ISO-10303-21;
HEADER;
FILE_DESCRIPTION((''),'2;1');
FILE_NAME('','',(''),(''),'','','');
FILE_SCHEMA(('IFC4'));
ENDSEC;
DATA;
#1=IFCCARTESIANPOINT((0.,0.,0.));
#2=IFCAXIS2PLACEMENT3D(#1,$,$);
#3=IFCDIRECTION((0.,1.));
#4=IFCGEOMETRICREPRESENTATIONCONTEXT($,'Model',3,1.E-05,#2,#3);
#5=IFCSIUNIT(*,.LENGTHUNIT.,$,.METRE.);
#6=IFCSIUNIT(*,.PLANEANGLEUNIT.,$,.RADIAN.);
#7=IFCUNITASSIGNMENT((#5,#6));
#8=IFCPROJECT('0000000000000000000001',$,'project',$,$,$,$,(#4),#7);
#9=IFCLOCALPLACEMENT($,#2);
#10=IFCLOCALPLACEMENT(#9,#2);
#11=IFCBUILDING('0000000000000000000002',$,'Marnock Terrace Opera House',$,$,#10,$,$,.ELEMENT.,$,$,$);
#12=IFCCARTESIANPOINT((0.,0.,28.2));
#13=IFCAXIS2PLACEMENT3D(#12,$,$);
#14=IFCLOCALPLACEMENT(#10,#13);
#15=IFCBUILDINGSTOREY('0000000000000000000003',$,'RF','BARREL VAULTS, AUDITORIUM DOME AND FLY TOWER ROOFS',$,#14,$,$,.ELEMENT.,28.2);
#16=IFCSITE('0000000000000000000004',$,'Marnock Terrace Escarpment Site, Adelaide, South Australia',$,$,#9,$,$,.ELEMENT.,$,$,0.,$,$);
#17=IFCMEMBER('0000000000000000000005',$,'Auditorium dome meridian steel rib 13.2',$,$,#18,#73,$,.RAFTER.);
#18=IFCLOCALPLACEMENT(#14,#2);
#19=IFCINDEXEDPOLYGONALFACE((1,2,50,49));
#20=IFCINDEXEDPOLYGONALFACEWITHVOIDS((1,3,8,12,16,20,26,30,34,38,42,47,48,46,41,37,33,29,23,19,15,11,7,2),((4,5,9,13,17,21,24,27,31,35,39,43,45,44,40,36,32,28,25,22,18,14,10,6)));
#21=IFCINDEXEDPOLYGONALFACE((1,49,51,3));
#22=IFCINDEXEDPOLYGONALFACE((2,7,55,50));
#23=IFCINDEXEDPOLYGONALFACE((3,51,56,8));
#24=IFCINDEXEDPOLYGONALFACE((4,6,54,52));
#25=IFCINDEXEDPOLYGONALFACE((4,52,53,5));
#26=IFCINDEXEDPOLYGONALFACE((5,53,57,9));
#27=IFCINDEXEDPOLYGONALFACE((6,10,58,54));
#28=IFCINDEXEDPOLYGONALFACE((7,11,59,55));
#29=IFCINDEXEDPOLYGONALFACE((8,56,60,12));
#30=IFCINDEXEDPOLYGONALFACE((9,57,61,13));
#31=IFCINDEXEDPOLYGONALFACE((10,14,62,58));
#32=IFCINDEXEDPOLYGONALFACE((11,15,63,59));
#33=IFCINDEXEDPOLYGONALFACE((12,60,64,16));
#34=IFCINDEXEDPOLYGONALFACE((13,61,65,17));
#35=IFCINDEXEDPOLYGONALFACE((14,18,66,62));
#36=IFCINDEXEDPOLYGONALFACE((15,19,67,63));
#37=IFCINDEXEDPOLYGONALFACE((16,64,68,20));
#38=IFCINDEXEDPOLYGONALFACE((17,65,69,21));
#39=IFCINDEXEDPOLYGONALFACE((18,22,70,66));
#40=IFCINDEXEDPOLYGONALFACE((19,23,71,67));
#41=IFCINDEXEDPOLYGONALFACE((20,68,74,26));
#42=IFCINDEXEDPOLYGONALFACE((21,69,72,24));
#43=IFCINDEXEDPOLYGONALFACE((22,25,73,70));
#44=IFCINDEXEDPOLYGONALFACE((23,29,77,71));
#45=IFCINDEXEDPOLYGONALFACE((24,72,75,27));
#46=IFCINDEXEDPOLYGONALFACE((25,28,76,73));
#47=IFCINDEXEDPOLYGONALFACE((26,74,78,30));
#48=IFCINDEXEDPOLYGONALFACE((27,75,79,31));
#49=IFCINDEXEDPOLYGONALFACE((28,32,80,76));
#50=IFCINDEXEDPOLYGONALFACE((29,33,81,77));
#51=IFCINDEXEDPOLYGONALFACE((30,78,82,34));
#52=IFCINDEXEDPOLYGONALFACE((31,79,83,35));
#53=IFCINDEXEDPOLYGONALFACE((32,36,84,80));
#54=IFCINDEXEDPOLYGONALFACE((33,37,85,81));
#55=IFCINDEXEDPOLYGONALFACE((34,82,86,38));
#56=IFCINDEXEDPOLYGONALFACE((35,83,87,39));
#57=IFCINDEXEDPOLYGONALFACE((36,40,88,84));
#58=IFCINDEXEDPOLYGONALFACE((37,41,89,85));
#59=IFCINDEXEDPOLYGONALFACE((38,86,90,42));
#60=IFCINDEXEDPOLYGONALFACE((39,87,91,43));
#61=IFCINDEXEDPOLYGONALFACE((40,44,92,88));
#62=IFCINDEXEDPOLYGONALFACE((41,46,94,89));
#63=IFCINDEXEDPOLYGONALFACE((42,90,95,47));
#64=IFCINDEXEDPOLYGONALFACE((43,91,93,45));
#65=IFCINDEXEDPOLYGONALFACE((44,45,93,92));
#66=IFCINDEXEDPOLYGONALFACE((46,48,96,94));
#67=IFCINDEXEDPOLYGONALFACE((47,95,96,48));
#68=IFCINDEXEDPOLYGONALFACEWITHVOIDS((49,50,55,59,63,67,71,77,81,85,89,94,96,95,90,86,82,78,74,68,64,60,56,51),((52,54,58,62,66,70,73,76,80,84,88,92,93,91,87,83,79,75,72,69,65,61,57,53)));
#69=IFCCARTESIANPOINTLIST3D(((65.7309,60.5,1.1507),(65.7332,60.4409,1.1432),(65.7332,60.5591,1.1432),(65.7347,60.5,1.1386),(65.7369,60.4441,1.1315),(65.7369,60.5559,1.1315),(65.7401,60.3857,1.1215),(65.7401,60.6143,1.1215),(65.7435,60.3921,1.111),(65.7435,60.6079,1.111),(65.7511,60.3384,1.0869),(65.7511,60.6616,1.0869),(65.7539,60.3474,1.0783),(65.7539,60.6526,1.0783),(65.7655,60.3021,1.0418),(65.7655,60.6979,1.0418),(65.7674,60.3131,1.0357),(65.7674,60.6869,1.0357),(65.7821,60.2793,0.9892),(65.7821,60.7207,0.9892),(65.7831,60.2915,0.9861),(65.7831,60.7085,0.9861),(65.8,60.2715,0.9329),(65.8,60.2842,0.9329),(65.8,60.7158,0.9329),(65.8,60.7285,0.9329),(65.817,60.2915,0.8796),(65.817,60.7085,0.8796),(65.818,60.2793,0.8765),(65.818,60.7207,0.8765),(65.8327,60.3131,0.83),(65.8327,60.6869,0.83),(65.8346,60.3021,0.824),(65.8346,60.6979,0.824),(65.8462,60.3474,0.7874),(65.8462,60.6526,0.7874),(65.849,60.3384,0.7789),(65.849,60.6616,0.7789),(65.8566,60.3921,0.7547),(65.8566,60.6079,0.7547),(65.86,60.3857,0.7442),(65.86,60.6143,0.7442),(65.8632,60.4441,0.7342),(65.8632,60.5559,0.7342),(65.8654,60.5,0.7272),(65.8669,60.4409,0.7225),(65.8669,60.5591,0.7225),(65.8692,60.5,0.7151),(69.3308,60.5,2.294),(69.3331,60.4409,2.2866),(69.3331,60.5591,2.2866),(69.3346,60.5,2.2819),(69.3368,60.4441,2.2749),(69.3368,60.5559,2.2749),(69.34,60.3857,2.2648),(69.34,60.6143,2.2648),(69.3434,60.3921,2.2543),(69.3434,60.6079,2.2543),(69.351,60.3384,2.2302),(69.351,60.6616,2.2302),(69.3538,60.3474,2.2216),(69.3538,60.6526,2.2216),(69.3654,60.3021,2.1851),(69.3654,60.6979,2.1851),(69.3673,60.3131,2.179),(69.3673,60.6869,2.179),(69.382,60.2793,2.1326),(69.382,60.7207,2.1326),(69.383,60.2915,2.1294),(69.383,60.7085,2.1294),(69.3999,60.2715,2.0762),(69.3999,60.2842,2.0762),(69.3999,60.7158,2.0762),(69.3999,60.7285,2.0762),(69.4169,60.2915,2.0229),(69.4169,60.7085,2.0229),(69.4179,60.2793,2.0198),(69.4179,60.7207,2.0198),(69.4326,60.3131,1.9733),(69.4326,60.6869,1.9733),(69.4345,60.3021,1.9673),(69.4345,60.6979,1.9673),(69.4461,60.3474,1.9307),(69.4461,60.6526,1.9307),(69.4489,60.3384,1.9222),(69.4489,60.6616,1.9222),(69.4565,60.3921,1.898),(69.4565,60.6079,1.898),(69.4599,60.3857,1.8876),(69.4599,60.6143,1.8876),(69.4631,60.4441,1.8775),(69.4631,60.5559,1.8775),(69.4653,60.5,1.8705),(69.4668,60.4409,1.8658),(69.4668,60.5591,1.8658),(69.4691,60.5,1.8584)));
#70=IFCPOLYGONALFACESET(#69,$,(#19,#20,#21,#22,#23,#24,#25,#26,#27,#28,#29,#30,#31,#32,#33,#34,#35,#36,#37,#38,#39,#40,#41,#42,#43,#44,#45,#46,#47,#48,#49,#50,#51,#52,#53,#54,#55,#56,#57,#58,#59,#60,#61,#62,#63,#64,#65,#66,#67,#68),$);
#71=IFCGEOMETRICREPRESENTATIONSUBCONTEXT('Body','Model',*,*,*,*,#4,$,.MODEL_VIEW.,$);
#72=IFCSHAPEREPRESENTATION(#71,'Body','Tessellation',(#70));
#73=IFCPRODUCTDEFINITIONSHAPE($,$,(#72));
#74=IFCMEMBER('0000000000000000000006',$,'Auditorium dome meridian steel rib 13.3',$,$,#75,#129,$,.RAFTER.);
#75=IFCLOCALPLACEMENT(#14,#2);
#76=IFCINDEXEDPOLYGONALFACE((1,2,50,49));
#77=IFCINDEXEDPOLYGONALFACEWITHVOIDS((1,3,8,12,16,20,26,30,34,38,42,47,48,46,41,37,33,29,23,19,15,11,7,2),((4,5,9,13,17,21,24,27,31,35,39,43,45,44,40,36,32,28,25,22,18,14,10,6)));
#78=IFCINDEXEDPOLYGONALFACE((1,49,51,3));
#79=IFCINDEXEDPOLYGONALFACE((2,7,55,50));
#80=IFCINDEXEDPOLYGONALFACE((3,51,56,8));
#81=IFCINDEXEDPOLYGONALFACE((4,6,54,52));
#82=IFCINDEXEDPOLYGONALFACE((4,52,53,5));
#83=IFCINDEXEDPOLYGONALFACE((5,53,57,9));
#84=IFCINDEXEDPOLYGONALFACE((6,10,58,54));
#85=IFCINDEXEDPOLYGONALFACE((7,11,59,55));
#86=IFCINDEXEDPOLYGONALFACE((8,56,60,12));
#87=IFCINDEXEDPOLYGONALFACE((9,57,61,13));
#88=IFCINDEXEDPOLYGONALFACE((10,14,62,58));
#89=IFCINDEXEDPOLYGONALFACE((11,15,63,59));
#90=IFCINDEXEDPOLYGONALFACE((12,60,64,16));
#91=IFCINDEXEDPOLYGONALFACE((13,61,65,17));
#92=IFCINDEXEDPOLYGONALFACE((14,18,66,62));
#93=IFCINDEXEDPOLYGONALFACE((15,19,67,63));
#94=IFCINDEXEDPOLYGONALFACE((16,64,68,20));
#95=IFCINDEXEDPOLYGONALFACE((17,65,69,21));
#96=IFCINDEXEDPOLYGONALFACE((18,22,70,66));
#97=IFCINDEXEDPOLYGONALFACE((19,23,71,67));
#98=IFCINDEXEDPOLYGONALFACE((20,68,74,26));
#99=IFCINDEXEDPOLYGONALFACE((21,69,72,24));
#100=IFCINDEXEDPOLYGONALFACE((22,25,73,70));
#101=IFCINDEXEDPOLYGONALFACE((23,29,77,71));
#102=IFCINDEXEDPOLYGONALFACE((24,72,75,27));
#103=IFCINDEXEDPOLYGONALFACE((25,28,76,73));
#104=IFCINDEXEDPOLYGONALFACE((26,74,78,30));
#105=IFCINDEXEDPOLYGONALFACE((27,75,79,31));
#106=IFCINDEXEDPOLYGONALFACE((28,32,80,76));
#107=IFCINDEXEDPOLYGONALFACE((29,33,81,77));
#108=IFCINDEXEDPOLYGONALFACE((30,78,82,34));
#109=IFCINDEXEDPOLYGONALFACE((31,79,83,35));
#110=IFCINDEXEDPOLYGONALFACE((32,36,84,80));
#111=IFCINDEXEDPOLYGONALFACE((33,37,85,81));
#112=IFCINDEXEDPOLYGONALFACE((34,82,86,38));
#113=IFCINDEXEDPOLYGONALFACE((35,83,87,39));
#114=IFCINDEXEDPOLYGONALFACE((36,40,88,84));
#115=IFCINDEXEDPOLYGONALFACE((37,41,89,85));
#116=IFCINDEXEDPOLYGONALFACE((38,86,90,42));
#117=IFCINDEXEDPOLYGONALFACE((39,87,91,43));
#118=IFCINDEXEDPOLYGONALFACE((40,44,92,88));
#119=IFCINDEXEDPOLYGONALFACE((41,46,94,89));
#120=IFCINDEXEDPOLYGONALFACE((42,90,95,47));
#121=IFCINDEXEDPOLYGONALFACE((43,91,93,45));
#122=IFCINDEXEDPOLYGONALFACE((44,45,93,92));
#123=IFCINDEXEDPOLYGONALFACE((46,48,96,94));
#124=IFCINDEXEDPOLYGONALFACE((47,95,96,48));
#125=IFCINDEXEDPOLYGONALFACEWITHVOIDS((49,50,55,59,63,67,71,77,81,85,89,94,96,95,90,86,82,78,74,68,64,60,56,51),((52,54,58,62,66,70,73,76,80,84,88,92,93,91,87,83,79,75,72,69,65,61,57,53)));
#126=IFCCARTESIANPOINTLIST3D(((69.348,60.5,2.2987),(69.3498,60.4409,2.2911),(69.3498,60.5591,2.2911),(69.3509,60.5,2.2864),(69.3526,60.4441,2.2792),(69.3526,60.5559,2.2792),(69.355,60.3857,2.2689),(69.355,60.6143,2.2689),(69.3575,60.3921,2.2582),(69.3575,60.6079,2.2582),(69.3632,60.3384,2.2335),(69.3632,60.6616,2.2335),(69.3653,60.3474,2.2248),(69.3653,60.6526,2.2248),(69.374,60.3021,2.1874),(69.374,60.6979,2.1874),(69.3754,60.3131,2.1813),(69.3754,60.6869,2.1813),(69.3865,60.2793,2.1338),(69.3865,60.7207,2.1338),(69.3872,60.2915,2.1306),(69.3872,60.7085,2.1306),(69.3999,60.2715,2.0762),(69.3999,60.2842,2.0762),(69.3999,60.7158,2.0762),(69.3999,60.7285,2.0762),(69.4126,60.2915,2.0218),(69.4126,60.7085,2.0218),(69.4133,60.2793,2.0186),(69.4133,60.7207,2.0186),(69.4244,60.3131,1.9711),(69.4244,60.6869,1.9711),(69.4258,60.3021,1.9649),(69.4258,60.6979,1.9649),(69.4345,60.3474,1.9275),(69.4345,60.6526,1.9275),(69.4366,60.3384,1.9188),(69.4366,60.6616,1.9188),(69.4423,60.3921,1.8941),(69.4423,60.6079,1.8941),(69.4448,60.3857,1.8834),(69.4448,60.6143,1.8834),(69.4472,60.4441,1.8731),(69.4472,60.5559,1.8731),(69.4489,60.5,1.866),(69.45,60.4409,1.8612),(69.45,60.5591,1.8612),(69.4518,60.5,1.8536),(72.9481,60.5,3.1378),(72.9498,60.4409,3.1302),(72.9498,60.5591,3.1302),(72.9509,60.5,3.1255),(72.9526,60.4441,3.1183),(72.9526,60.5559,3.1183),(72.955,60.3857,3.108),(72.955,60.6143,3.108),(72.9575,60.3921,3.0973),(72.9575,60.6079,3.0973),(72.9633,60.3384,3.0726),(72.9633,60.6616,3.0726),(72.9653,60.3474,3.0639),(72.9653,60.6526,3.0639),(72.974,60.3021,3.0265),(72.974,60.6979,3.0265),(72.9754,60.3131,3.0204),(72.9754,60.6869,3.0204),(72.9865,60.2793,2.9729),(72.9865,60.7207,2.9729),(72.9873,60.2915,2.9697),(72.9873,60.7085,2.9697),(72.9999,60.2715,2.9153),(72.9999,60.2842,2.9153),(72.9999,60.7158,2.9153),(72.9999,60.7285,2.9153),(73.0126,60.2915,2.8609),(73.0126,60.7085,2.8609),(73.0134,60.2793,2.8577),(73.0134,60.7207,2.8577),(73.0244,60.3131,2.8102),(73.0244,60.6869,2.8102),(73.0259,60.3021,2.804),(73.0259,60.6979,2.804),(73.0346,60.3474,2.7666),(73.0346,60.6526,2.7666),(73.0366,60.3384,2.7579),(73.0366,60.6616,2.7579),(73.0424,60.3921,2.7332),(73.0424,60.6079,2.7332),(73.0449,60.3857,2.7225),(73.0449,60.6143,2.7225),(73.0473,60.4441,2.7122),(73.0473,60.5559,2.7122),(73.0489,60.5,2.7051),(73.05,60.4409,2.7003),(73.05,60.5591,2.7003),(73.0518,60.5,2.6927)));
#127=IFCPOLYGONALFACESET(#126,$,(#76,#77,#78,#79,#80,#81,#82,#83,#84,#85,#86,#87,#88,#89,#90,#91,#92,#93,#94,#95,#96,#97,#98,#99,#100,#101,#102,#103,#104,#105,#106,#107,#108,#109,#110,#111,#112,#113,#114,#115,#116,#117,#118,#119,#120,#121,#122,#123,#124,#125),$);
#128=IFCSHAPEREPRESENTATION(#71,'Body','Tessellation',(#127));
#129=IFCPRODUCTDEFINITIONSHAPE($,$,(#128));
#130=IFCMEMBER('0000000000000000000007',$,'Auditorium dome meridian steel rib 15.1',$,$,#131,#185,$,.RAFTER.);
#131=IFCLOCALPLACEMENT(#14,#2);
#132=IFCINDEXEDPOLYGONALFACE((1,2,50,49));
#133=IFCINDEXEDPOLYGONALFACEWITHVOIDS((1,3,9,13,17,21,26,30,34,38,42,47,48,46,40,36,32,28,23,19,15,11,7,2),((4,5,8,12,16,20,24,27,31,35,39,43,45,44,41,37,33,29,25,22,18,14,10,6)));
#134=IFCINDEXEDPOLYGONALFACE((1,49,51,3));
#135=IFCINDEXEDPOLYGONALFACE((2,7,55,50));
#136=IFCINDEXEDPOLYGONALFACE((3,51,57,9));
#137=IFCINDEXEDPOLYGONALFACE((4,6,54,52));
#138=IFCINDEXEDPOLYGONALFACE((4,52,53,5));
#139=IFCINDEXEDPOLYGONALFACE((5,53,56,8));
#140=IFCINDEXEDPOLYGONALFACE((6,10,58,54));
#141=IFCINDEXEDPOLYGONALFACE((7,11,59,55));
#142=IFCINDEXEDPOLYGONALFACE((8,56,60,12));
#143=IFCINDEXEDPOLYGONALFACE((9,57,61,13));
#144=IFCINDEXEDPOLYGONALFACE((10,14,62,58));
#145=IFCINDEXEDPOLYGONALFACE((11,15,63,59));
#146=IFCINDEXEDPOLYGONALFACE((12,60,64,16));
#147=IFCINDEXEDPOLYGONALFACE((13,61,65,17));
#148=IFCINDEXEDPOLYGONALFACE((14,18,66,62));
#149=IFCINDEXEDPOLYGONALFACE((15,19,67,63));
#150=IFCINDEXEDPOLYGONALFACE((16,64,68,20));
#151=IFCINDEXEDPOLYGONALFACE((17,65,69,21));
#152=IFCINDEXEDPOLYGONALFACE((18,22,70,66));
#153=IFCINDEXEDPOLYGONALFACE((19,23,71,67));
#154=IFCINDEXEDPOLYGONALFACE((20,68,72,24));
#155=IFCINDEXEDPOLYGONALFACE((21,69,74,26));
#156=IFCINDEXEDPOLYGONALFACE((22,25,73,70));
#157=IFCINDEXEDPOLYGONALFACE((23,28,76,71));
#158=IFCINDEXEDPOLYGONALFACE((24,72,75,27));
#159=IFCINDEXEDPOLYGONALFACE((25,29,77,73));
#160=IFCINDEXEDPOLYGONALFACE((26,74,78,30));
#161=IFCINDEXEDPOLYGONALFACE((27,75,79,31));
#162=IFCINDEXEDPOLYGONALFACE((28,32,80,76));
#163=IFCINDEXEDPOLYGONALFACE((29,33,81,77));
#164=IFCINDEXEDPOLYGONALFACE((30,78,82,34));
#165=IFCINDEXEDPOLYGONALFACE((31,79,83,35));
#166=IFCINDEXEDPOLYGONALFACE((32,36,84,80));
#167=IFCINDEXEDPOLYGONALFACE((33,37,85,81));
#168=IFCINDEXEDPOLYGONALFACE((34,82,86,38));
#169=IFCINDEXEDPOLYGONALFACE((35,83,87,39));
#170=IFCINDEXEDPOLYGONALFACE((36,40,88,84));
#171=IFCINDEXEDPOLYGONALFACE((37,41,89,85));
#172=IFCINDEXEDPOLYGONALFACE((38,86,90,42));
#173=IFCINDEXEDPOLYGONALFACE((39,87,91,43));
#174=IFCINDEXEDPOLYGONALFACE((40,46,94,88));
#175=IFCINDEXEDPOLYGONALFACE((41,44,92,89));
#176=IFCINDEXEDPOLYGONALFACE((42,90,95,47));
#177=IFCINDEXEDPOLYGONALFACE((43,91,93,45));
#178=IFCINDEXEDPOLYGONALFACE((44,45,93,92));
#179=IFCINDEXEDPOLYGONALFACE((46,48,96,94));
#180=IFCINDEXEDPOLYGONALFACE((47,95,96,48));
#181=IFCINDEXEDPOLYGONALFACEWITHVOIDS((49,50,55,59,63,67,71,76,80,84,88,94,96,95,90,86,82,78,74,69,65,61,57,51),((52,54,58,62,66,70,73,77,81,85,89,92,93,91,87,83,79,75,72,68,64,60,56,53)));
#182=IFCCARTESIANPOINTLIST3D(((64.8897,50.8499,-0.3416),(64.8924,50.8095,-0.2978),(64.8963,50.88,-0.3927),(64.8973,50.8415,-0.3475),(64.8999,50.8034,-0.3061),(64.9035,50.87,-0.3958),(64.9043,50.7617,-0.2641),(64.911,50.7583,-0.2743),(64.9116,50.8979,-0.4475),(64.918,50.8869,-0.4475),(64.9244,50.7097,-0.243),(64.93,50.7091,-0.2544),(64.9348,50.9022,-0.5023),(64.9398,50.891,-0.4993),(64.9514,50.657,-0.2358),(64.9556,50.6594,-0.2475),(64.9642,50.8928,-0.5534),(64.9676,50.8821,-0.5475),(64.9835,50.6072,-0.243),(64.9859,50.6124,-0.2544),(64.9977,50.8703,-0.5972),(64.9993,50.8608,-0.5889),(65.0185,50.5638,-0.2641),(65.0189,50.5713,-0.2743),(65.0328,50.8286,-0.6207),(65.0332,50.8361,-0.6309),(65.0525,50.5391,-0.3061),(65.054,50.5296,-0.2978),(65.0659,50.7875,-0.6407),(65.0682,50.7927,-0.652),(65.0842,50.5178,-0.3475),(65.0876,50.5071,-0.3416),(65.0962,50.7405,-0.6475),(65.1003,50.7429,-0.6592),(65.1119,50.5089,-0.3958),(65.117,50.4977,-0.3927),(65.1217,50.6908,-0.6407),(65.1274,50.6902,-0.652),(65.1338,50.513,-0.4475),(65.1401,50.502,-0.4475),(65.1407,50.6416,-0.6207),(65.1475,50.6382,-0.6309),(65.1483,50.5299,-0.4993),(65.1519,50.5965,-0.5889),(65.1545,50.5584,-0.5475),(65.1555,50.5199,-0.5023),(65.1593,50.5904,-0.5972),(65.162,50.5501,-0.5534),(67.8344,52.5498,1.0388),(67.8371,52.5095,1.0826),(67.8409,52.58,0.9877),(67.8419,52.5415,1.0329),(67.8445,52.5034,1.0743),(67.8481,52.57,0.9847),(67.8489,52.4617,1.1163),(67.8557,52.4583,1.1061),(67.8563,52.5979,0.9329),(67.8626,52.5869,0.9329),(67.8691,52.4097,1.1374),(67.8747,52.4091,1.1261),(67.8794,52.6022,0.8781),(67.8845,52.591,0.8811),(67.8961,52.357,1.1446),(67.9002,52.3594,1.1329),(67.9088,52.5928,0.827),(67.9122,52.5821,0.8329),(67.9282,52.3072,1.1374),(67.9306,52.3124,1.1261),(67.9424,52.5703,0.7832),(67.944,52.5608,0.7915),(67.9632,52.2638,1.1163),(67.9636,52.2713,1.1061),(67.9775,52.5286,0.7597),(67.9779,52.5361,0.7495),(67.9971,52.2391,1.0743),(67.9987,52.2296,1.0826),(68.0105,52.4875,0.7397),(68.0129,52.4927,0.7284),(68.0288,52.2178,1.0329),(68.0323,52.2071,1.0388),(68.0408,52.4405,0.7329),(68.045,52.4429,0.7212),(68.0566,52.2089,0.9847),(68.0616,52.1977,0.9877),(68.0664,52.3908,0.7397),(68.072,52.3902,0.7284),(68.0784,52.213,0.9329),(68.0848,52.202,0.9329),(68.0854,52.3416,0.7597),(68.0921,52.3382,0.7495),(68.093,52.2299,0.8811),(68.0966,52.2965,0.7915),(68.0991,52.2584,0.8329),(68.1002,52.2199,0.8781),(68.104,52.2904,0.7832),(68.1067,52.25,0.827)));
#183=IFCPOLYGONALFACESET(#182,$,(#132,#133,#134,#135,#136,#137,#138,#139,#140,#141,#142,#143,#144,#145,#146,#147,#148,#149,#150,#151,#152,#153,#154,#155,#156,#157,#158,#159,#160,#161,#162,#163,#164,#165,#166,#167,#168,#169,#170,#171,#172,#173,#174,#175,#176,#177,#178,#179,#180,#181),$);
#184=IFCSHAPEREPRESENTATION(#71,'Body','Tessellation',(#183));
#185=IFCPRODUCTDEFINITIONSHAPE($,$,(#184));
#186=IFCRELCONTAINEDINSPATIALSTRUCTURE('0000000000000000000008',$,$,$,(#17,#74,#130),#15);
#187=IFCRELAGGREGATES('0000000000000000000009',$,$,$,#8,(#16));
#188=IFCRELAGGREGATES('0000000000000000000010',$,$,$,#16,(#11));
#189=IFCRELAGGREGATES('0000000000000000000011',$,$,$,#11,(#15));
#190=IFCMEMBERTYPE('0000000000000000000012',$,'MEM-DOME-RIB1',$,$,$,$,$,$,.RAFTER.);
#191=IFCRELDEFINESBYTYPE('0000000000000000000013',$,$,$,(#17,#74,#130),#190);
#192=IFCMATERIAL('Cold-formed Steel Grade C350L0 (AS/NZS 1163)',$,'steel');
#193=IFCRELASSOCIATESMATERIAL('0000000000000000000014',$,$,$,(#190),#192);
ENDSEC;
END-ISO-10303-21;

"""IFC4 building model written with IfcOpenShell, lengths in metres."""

from ifc_helpers import new_model, si_unit, direction, frame, origin, origin_2d, place, context, subcontext, project, spatial, hollow_circle, extrude, material, material_profile, profile_set, type_object, element, save


model = new_model("IFC4")

# Units and contexts
model_context = context("Model", 3, precision=1e-05, world=origin(), true_north=direction((0.0, 1.0)))
body_context = subcontext(model_context, "Body", "Model", "MODEL_VIEW")
ifc_project = project(units=[si_unit("LENGTHUNIT", "METRE"), si_unit("PLANEANGLEUNIT", "RADIAN")], contexts=[model_context])

# Site, building, storey
site_placement = place(None, origin())
site = spatial("IfcSite", under=ifc_project, at=site_placement, Name="Marnock Terrace Escarpment Site, Adelaide, South Australia", CompositionType="ELEMENT", RefElevation=0.0)
building_placement = place(site_placement, origin())
building = spatial("IfcBuilding", under=site, at=building_placement, Name="Marnock Terrace Opera House", CompositionType="ELEMENT")
storey_placement = place(building_placement, frame((0.0, 0.0, 28.2)))
storey = spatial("IfcBuildingStorey", under=building, at=storey_placement, Name="RF", Description="BARREL VAULTS, AUDITORIUM DOME AND FLY TOWER ROOFS", CompositionType="ELEMENT", Elevation=28.2)

# Members
ifc_material_1 = material(Name="Cold-formed Steel Grade C350L0 (AS/NZS 1163)", Category="steel")
ifc_material_profile_1 = material_profile(ifc_material_1, hollow_circle(Radius=0.2285, WallThickness=0.0127, at=origin_2d()))
ifc_profile_set_1 = profile_set([ifc_material_profile_1], Name="Cold-formed Steel Grade C350L0 (AS/NZS 1163)")
member_type_1 = type_object("IfcMemberType", Name="MEM-DOME-RIB1", PredefinedType="RAFTER", material=ifc_profile_set_1)
member_1_placement = place(storey_placement, frame((65.8, 60.5, 0.9329), z_axis=(0.953086, 0.0, 0.302699), x_axis=(0.0, 1.0, 0.0)))
element("IfcMember", 1, at=member_1_placement, inside=storey, type_object=member_type_1, Name="Auditorium dome meridian steel rib 13.2", PredefinedType="RAFTER", context=body_context, shape_type="SweptSolid", body=[
    extrude(hollow_circle(Radius=0.2285, WallThickness=0.0127, at=origin_2d()), origin(), (0.0, 0.0, 1.0), 3.7771),
])
member_2_placement = place(storey_placement, frame((69.3999, 60.5, 2.0762), z_axis=(0.973896, 0.0, 0.226996), x_axis=(0.0, 1.0, 0.0)))
element("IfcMember", 2, at=member_2_placement, inside=storey, type_object=member_type_1, Name="Auditorium dome meridian steel rib 13.3", PredefinedType="RAFTER", context=body_context, shape_type="SweptSolid", body=[
    extrude(hollow_circle(Radius=0.2285, WallThickness=0.0127, at=origin_2d()), origin(), (0.0, 0.0, 1.0), 3.6965),
])
member_3_placement = place(storey_placement, frame((65.0259, 50.7, -0.4475), z_axis=(0.80243, 0.463255, 0.376166), x_axis=(-0.499977, 0.866039, 0.0)))
element("IfcMember", 3, at=member_3_placement, inside=storey, type_object=member_type_1, Name="Auditorium dome meridian steel rib 15.1", PredefinedType="RAFTER", context=body_context, shape_type="SweptSolid", body=[
    extrude(hollow_circle(Radius=0.2285, WallThickness=0.0127, at=origin_2d()), origin(), (0.0, 0.0, 1.0), 3.6697),
])

save(model, "model.ifc")
